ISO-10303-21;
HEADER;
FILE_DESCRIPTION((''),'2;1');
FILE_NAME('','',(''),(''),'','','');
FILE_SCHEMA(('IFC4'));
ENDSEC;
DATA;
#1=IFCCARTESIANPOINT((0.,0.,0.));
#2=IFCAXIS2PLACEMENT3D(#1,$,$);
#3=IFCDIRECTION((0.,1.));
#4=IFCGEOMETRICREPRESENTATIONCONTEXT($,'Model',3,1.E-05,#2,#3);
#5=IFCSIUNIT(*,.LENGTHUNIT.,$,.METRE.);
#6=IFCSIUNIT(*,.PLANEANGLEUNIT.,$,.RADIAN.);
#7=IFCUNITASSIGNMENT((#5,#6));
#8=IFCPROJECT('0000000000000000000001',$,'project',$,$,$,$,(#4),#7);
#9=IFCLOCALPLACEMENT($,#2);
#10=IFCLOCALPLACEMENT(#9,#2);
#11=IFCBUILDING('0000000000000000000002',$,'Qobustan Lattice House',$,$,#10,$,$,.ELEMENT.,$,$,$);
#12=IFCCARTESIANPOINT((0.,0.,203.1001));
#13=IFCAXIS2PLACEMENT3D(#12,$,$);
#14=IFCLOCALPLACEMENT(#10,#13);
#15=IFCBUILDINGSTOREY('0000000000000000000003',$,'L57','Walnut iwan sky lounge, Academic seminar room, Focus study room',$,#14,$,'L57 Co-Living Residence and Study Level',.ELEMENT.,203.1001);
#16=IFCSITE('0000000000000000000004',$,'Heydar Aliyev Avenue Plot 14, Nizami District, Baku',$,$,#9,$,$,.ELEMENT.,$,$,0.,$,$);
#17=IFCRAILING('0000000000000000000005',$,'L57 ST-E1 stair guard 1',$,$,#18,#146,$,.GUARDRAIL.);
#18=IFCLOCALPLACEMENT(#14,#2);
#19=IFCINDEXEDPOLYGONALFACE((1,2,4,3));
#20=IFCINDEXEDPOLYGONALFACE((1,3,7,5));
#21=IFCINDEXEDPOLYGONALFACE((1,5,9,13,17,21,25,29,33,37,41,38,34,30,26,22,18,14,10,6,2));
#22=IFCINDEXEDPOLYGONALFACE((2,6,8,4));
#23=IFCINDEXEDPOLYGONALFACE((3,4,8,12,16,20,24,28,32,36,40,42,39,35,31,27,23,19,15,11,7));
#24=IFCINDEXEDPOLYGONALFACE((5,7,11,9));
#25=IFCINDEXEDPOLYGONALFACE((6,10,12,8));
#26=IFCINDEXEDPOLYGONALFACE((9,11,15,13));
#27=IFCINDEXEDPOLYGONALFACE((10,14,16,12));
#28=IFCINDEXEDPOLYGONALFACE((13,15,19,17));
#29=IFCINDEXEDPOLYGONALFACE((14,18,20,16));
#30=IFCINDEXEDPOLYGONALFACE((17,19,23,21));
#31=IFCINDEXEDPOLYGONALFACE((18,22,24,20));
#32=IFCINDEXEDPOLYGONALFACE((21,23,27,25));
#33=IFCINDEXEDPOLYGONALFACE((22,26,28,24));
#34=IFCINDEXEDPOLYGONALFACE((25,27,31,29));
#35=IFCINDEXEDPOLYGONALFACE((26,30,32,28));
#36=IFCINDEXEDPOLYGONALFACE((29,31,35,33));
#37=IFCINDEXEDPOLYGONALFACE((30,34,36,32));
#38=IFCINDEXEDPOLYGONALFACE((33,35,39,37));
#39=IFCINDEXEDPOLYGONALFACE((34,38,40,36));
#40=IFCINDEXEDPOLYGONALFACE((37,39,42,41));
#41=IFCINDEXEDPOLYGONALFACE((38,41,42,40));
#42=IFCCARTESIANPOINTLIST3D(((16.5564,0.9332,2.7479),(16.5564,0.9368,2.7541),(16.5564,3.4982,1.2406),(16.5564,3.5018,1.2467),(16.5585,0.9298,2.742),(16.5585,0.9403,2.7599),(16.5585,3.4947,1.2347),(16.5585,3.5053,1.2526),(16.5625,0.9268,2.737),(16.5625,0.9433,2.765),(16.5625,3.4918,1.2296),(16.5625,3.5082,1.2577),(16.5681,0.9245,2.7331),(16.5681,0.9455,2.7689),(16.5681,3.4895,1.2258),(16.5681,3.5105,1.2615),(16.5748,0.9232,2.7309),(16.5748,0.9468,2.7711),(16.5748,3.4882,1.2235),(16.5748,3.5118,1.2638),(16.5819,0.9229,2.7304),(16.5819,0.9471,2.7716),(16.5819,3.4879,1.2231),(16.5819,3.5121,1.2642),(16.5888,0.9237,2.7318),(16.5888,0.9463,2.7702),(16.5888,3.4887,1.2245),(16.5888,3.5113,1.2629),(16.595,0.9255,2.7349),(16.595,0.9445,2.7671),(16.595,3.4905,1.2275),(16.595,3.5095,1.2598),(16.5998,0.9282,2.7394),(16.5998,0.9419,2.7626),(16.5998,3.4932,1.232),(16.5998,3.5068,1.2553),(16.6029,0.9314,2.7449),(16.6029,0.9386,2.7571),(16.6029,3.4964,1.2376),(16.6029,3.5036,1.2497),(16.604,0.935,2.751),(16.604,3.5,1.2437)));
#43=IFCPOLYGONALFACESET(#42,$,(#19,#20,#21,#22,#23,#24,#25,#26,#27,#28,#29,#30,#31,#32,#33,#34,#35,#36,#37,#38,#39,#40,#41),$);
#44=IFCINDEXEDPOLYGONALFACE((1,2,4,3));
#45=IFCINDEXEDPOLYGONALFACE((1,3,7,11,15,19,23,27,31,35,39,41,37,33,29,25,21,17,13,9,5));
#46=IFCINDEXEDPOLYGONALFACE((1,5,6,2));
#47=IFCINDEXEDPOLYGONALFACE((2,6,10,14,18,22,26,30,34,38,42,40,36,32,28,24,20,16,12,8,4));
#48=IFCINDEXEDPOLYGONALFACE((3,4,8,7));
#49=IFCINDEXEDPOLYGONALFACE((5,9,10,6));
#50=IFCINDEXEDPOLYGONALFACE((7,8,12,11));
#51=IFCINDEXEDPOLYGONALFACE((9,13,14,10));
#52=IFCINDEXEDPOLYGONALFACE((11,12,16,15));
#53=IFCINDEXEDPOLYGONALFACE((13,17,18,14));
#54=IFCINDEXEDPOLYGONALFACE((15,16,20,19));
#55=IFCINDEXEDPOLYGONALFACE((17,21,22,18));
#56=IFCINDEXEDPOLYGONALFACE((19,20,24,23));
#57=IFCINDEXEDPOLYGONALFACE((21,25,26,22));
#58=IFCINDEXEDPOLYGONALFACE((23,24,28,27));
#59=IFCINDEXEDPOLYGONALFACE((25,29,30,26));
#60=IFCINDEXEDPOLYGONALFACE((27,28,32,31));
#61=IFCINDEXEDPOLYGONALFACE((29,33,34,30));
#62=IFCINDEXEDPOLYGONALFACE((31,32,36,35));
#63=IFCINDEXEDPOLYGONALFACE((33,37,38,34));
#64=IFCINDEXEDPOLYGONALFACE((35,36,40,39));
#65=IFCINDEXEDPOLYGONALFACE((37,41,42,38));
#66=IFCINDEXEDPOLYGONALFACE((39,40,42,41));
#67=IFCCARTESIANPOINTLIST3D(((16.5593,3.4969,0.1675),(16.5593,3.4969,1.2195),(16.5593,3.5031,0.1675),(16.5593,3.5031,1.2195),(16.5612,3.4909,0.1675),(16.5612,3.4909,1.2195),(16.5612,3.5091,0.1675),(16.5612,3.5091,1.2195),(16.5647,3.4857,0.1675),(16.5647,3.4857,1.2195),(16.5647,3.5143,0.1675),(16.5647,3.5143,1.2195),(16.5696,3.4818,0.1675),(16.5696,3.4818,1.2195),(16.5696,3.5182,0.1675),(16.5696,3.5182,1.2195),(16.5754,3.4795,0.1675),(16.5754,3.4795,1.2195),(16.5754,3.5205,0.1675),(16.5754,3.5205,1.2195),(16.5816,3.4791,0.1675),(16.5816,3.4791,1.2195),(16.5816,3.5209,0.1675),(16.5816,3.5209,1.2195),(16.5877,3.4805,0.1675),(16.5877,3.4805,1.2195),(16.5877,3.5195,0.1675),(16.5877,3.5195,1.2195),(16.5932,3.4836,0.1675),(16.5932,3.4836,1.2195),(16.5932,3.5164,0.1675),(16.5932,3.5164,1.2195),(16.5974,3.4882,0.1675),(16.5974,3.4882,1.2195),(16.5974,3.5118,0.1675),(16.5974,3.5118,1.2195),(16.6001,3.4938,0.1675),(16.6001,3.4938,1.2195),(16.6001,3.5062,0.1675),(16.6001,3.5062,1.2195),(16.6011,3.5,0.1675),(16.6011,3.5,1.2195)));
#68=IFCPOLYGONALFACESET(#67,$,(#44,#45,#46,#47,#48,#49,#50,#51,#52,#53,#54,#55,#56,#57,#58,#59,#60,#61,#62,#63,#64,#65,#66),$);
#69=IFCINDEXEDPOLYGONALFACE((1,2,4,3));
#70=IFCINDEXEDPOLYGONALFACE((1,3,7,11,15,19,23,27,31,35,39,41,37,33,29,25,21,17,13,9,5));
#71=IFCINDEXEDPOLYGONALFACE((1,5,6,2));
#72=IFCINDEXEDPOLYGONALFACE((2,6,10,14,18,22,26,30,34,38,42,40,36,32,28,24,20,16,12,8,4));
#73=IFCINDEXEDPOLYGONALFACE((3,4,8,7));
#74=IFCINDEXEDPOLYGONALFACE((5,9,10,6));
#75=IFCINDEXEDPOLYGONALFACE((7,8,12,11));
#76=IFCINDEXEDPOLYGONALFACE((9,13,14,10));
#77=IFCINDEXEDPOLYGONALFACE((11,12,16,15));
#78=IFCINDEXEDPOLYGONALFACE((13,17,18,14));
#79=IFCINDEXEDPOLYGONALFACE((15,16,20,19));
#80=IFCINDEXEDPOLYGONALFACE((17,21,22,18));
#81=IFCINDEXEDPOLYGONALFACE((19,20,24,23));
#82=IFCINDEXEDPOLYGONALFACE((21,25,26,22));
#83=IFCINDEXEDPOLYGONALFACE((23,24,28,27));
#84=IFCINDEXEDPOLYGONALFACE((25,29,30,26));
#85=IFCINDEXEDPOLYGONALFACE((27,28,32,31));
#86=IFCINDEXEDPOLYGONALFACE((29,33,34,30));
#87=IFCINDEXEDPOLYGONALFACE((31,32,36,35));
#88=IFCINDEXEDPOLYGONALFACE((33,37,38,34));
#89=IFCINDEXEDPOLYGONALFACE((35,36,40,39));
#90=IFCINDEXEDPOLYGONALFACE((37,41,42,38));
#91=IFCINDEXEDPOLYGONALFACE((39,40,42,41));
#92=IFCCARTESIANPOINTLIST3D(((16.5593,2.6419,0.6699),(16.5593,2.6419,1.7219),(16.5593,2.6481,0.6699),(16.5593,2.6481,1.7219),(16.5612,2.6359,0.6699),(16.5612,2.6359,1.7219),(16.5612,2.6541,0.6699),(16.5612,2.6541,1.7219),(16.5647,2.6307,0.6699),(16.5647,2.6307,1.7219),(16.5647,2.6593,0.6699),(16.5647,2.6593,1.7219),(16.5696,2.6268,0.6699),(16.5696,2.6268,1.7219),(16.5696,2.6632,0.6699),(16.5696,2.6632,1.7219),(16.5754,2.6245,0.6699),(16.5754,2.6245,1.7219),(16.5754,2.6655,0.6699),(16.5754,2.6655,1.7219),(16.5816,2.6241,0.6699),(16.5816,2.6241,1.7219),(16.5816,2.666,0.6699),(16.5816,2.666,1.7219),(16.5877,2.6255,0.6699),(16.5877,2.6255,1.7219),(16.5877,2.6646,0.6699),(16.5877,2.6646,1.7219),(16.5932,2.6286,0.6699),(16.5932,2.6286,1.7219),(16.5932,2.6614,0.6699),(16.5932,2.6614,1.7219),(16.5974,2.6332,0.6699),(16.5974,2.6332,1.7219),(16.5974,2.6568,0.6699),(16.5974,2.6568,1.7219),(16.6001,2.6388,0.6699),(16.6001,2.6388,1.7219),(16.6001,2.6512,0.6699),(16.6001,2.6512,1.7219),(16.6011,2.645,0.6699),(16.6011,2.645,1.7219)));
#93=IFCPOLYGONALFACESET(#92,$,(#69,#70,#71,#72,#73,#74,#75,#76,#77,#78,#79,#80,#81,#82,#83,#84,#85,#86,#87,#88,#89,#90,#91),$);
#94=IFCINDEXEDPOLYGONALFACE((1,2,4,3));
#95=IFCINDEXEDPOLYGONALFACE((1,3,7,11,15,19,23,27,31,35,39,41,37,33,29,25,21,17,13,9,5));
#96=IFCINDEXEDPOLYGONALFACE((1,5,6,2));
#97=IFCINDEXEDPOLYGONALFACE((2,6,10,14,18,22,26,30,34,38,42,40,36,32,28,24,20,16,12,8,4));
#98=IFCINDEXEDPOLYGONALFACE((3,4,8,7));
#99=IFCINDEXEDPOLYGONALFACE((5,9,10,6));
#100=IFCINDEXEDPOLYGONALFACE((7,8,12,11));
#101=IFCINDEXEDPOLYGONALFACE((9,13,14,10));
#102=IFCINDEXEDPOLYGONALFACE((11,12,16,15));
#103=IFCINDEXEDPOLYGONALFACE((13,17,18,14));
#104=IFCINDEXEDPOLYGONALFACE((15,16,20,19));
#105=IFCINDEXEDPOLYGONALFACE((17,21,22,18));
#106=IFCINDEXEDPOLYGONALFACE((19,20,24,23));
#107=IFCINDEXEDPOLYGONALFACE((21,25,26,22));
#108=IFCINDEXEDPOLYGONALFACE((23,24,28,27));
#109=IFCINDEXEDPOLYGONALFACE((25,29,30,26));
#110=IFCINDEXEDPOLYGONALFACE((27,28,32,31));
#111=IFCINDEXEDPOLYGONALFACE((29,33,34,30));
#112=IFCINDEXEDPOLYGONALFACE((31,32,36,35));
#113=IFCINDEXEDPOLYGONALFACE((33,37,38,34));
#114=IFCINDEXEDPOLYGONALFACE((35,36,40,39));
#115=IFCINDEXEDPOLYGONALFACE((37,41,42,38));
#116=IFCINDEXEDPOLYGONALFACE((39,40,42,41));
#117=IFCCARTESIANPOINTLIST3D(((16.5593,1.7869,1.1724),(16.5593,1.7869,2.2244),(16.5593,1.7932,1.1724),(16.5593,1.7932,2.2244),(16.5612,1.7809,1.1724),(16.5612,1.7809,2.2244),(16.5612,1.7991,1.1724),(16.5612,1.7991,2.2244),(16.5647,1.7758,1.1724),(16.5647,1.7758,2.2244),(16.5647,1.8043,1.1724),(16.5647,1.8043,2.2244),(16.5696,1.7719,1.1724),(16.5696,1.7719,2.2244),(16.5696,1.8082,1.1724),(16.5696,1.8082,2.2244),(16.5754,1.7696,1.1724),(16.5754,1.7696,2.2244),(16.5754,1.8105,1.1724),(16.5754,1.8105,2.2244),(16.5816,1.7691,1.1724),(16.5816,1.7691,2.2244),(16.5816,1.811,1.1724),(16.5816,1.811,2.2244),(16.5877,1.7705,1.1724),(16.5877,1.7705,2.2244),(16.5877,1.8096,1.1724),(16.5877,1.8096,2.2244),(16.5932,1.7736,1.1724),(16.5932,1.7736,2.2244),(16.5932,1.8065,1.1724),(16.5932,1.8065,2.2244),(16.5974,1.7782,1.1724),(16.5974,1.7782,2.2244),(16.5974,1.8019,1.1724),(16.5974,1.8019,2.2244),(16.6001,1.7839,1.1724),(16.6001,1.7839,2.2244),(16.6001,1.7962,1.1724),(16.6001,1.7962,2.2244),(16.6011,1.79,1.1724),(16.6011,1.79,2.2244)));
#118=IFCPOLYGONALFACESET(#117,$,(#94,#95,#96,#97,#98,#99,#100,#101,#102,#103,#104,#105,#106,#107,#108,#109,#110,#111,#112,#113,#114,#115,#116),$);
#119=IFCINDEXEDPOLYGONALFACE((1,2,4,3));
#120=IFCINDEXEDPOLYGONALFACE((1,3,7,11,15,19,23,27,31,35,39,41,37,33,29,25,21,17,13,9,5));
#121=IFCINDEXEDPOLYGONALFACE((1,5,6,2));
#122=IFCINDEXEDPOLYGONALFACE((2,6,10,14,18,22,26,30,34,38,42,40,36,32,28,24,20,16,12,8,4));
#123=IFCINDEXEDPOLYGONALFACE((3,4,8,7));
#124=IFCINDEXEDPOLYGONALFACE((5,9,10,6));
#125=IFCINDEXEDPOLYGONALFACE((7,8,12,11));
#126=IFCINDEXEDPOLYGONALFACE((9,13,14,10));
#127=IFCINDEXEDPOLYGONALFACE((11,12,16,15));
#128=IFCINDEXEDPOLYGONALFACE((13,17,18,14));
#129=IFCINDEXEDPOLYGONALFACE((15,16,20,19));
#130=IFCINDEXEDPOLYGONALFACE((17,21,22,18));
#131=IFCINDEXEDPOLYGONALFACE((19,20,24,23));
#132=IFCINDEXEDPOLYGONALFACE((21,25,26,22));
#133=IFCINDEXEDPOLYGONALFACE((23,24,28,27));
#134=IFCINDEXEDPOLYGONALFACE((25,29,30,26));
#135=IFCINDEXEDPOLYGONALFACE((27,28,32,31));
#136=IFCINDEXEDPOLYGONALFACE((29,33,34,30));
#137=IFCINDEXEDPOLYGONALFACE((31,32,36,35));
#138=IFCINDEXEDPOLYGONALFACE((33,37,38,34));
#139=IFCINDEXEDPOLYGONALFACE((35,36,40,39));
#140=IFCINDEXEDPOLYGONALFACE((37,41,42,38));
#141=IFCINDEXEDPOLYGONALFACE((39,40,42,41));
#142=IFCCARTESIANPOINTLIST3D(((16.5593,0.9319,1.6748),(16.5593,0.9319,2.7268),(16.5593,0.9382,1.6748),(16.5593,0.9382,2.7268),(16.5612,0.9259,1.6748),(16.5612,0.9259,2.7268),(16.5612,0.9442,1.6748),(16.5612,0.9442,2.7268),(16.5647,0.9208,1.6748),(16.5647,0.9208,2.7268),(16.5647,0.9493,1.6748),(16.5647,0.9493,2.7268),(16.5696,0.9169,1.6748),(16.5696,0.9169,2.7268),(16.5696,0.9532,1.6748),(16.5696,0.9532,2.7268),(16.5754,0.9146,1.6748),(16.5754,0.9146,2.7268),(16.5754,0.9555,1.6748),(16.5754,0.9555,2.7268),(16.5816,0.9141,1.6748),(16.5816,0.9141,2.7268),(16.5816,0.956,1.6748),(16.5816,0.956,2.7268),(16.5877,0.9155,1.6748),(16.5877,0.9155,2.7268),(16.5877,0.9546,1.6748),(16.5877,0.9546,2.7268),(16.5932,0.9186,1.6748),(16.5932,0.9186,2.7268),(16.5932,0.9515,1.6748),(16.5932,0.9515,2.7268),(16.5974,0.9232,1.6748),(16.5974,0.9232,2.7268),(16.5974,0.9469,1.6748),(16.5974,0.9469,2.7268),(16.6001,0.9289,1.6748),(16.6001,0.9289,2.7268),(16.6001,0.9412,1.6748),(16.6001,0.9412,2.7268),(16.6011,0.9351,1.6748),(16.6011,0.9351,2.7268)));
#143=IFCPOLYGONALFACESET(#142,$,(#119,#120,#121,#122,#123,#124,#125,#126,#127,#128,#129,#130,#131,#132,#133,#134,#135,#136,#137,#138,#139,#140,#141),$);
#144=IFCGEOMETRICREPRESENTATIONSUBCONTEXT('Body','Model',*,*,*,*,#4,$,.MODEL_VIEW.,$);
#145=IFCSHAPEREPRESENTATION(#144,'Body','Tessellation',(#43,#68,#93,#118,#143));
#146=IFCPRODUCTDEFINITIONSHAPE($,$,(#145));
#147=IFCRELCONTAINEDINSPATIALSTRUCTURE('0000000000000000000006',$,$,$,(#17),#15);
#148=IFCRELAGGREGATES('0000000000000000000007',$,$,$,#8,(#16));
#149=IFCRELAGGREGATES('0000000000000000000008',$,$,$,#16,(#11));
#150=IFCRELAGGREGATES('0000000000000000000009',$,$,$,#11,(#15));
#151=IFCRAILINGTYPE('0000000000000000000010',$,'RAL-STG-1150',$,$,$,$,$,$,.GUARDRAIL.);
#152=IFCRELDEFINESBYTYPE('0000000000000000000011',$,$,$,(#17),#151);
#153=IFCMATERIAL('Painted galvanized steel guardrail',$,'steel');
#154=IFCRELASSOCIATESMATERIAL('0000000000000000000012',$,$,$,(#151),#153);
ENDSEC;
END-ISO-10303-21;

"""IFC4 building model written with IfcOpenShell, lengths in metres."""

from ifc_helpers import new_model, si_unit, direction, frame, origin, origin_2d, place, context, subcontext, project, spatial, circle, extrude, material, type_object, element, save


model = new_model("IFC4")

# Units and contexts
model_context = context("Model", 3, precision=1e-05, world=origin(), true_north=direction((0.0, 1.0)))
body_context = subcontext(model_context, "Body", "Model", "MODEL_VIEW")
ifc_project = project(units=[si_unit("LENGTHUNIT", "METRE"), si_unit("PLANEANGLEUNIT", "RADIAN")], contexts=[model_context])

# Site, building, storey
site_placement = place(None, origin())
site = spatial("IfcSite", under=ifc_project, at=site_placement, Name="Heydar Aliyev Avenue Plot 14, Nizami District, Baku", CompositionType="ELEMENT", RefElevation=0.0)
building_placement = place(site_placement, origin())
building = spatial("IfcBuilding", under=site, at=building_placement, Name="Qobustan Lattice House", CompositionType="ELEMENT")
storey_placement = place(building_placement, frame((0.0, 0.0, 203.1001)))
storey = spatial("IfcBuildingStorey", under=building, at=storey_placement, Name="L57", Description="Walnut iwan sky lounge, Academic seminar room, Focus study room", LongName="L57 Co-Living Residence and Study Level", CompositionType="ELEMENT", Elevation=203.1001)

# Railing
ifc_material_1 = material(Name="Painted galvanized steel guardrail", Category="steel")
railing_type_1 = type_object("IfcRailingType", Name="RAL-STG-1150", PredefinedType="GUARDRAIL", material=ifc_material_1)
railing_1_placement = place(storey_placement, frame((16.5801, 3.5, 0.1675)))
element("IfcRailing", 1, at=railing_1_placement, inside=storey, type_object=railing_type_1, Name="L57 ST-E1 stair guard 1", PredefinedType="GUARDRAIL", context=body_context, shape_type="SweptSolid", body=[
    extrude(circle(Radius=0.0239, at=origin_2d()), frame((0.0, 0.0, 1.0762), z_axis=(0.0, -0.862149, 0.506654), x_axis=(1.0, 0.0, 0.0)), (0.0, 0.0, 1.0), 2.9751),
    extrude(circle(Radius=0.021, at=origin_2d()), origin(), (0.0, 0.0, 1.0), 1.052),
    extrude(circle(Radius=0.021, at=origin_2d()), frame((0.0, -0.855, 0.5024)), (0.0, 0.0, 1.0), 1.052),
    extrude(circle(Radius=0.021, at=origin_2d()), frame((0.0, -1.71, 1.0049)), (0.0, 0.0, 1.0), 1.052),
    extrude(circle(Radius=0.021, at=origin_2d()), frame((0.0, -2.5649, 1.5073)), (0.0, 0.0, 1.0), 1.052),
])

save(model, "model.ifc")
